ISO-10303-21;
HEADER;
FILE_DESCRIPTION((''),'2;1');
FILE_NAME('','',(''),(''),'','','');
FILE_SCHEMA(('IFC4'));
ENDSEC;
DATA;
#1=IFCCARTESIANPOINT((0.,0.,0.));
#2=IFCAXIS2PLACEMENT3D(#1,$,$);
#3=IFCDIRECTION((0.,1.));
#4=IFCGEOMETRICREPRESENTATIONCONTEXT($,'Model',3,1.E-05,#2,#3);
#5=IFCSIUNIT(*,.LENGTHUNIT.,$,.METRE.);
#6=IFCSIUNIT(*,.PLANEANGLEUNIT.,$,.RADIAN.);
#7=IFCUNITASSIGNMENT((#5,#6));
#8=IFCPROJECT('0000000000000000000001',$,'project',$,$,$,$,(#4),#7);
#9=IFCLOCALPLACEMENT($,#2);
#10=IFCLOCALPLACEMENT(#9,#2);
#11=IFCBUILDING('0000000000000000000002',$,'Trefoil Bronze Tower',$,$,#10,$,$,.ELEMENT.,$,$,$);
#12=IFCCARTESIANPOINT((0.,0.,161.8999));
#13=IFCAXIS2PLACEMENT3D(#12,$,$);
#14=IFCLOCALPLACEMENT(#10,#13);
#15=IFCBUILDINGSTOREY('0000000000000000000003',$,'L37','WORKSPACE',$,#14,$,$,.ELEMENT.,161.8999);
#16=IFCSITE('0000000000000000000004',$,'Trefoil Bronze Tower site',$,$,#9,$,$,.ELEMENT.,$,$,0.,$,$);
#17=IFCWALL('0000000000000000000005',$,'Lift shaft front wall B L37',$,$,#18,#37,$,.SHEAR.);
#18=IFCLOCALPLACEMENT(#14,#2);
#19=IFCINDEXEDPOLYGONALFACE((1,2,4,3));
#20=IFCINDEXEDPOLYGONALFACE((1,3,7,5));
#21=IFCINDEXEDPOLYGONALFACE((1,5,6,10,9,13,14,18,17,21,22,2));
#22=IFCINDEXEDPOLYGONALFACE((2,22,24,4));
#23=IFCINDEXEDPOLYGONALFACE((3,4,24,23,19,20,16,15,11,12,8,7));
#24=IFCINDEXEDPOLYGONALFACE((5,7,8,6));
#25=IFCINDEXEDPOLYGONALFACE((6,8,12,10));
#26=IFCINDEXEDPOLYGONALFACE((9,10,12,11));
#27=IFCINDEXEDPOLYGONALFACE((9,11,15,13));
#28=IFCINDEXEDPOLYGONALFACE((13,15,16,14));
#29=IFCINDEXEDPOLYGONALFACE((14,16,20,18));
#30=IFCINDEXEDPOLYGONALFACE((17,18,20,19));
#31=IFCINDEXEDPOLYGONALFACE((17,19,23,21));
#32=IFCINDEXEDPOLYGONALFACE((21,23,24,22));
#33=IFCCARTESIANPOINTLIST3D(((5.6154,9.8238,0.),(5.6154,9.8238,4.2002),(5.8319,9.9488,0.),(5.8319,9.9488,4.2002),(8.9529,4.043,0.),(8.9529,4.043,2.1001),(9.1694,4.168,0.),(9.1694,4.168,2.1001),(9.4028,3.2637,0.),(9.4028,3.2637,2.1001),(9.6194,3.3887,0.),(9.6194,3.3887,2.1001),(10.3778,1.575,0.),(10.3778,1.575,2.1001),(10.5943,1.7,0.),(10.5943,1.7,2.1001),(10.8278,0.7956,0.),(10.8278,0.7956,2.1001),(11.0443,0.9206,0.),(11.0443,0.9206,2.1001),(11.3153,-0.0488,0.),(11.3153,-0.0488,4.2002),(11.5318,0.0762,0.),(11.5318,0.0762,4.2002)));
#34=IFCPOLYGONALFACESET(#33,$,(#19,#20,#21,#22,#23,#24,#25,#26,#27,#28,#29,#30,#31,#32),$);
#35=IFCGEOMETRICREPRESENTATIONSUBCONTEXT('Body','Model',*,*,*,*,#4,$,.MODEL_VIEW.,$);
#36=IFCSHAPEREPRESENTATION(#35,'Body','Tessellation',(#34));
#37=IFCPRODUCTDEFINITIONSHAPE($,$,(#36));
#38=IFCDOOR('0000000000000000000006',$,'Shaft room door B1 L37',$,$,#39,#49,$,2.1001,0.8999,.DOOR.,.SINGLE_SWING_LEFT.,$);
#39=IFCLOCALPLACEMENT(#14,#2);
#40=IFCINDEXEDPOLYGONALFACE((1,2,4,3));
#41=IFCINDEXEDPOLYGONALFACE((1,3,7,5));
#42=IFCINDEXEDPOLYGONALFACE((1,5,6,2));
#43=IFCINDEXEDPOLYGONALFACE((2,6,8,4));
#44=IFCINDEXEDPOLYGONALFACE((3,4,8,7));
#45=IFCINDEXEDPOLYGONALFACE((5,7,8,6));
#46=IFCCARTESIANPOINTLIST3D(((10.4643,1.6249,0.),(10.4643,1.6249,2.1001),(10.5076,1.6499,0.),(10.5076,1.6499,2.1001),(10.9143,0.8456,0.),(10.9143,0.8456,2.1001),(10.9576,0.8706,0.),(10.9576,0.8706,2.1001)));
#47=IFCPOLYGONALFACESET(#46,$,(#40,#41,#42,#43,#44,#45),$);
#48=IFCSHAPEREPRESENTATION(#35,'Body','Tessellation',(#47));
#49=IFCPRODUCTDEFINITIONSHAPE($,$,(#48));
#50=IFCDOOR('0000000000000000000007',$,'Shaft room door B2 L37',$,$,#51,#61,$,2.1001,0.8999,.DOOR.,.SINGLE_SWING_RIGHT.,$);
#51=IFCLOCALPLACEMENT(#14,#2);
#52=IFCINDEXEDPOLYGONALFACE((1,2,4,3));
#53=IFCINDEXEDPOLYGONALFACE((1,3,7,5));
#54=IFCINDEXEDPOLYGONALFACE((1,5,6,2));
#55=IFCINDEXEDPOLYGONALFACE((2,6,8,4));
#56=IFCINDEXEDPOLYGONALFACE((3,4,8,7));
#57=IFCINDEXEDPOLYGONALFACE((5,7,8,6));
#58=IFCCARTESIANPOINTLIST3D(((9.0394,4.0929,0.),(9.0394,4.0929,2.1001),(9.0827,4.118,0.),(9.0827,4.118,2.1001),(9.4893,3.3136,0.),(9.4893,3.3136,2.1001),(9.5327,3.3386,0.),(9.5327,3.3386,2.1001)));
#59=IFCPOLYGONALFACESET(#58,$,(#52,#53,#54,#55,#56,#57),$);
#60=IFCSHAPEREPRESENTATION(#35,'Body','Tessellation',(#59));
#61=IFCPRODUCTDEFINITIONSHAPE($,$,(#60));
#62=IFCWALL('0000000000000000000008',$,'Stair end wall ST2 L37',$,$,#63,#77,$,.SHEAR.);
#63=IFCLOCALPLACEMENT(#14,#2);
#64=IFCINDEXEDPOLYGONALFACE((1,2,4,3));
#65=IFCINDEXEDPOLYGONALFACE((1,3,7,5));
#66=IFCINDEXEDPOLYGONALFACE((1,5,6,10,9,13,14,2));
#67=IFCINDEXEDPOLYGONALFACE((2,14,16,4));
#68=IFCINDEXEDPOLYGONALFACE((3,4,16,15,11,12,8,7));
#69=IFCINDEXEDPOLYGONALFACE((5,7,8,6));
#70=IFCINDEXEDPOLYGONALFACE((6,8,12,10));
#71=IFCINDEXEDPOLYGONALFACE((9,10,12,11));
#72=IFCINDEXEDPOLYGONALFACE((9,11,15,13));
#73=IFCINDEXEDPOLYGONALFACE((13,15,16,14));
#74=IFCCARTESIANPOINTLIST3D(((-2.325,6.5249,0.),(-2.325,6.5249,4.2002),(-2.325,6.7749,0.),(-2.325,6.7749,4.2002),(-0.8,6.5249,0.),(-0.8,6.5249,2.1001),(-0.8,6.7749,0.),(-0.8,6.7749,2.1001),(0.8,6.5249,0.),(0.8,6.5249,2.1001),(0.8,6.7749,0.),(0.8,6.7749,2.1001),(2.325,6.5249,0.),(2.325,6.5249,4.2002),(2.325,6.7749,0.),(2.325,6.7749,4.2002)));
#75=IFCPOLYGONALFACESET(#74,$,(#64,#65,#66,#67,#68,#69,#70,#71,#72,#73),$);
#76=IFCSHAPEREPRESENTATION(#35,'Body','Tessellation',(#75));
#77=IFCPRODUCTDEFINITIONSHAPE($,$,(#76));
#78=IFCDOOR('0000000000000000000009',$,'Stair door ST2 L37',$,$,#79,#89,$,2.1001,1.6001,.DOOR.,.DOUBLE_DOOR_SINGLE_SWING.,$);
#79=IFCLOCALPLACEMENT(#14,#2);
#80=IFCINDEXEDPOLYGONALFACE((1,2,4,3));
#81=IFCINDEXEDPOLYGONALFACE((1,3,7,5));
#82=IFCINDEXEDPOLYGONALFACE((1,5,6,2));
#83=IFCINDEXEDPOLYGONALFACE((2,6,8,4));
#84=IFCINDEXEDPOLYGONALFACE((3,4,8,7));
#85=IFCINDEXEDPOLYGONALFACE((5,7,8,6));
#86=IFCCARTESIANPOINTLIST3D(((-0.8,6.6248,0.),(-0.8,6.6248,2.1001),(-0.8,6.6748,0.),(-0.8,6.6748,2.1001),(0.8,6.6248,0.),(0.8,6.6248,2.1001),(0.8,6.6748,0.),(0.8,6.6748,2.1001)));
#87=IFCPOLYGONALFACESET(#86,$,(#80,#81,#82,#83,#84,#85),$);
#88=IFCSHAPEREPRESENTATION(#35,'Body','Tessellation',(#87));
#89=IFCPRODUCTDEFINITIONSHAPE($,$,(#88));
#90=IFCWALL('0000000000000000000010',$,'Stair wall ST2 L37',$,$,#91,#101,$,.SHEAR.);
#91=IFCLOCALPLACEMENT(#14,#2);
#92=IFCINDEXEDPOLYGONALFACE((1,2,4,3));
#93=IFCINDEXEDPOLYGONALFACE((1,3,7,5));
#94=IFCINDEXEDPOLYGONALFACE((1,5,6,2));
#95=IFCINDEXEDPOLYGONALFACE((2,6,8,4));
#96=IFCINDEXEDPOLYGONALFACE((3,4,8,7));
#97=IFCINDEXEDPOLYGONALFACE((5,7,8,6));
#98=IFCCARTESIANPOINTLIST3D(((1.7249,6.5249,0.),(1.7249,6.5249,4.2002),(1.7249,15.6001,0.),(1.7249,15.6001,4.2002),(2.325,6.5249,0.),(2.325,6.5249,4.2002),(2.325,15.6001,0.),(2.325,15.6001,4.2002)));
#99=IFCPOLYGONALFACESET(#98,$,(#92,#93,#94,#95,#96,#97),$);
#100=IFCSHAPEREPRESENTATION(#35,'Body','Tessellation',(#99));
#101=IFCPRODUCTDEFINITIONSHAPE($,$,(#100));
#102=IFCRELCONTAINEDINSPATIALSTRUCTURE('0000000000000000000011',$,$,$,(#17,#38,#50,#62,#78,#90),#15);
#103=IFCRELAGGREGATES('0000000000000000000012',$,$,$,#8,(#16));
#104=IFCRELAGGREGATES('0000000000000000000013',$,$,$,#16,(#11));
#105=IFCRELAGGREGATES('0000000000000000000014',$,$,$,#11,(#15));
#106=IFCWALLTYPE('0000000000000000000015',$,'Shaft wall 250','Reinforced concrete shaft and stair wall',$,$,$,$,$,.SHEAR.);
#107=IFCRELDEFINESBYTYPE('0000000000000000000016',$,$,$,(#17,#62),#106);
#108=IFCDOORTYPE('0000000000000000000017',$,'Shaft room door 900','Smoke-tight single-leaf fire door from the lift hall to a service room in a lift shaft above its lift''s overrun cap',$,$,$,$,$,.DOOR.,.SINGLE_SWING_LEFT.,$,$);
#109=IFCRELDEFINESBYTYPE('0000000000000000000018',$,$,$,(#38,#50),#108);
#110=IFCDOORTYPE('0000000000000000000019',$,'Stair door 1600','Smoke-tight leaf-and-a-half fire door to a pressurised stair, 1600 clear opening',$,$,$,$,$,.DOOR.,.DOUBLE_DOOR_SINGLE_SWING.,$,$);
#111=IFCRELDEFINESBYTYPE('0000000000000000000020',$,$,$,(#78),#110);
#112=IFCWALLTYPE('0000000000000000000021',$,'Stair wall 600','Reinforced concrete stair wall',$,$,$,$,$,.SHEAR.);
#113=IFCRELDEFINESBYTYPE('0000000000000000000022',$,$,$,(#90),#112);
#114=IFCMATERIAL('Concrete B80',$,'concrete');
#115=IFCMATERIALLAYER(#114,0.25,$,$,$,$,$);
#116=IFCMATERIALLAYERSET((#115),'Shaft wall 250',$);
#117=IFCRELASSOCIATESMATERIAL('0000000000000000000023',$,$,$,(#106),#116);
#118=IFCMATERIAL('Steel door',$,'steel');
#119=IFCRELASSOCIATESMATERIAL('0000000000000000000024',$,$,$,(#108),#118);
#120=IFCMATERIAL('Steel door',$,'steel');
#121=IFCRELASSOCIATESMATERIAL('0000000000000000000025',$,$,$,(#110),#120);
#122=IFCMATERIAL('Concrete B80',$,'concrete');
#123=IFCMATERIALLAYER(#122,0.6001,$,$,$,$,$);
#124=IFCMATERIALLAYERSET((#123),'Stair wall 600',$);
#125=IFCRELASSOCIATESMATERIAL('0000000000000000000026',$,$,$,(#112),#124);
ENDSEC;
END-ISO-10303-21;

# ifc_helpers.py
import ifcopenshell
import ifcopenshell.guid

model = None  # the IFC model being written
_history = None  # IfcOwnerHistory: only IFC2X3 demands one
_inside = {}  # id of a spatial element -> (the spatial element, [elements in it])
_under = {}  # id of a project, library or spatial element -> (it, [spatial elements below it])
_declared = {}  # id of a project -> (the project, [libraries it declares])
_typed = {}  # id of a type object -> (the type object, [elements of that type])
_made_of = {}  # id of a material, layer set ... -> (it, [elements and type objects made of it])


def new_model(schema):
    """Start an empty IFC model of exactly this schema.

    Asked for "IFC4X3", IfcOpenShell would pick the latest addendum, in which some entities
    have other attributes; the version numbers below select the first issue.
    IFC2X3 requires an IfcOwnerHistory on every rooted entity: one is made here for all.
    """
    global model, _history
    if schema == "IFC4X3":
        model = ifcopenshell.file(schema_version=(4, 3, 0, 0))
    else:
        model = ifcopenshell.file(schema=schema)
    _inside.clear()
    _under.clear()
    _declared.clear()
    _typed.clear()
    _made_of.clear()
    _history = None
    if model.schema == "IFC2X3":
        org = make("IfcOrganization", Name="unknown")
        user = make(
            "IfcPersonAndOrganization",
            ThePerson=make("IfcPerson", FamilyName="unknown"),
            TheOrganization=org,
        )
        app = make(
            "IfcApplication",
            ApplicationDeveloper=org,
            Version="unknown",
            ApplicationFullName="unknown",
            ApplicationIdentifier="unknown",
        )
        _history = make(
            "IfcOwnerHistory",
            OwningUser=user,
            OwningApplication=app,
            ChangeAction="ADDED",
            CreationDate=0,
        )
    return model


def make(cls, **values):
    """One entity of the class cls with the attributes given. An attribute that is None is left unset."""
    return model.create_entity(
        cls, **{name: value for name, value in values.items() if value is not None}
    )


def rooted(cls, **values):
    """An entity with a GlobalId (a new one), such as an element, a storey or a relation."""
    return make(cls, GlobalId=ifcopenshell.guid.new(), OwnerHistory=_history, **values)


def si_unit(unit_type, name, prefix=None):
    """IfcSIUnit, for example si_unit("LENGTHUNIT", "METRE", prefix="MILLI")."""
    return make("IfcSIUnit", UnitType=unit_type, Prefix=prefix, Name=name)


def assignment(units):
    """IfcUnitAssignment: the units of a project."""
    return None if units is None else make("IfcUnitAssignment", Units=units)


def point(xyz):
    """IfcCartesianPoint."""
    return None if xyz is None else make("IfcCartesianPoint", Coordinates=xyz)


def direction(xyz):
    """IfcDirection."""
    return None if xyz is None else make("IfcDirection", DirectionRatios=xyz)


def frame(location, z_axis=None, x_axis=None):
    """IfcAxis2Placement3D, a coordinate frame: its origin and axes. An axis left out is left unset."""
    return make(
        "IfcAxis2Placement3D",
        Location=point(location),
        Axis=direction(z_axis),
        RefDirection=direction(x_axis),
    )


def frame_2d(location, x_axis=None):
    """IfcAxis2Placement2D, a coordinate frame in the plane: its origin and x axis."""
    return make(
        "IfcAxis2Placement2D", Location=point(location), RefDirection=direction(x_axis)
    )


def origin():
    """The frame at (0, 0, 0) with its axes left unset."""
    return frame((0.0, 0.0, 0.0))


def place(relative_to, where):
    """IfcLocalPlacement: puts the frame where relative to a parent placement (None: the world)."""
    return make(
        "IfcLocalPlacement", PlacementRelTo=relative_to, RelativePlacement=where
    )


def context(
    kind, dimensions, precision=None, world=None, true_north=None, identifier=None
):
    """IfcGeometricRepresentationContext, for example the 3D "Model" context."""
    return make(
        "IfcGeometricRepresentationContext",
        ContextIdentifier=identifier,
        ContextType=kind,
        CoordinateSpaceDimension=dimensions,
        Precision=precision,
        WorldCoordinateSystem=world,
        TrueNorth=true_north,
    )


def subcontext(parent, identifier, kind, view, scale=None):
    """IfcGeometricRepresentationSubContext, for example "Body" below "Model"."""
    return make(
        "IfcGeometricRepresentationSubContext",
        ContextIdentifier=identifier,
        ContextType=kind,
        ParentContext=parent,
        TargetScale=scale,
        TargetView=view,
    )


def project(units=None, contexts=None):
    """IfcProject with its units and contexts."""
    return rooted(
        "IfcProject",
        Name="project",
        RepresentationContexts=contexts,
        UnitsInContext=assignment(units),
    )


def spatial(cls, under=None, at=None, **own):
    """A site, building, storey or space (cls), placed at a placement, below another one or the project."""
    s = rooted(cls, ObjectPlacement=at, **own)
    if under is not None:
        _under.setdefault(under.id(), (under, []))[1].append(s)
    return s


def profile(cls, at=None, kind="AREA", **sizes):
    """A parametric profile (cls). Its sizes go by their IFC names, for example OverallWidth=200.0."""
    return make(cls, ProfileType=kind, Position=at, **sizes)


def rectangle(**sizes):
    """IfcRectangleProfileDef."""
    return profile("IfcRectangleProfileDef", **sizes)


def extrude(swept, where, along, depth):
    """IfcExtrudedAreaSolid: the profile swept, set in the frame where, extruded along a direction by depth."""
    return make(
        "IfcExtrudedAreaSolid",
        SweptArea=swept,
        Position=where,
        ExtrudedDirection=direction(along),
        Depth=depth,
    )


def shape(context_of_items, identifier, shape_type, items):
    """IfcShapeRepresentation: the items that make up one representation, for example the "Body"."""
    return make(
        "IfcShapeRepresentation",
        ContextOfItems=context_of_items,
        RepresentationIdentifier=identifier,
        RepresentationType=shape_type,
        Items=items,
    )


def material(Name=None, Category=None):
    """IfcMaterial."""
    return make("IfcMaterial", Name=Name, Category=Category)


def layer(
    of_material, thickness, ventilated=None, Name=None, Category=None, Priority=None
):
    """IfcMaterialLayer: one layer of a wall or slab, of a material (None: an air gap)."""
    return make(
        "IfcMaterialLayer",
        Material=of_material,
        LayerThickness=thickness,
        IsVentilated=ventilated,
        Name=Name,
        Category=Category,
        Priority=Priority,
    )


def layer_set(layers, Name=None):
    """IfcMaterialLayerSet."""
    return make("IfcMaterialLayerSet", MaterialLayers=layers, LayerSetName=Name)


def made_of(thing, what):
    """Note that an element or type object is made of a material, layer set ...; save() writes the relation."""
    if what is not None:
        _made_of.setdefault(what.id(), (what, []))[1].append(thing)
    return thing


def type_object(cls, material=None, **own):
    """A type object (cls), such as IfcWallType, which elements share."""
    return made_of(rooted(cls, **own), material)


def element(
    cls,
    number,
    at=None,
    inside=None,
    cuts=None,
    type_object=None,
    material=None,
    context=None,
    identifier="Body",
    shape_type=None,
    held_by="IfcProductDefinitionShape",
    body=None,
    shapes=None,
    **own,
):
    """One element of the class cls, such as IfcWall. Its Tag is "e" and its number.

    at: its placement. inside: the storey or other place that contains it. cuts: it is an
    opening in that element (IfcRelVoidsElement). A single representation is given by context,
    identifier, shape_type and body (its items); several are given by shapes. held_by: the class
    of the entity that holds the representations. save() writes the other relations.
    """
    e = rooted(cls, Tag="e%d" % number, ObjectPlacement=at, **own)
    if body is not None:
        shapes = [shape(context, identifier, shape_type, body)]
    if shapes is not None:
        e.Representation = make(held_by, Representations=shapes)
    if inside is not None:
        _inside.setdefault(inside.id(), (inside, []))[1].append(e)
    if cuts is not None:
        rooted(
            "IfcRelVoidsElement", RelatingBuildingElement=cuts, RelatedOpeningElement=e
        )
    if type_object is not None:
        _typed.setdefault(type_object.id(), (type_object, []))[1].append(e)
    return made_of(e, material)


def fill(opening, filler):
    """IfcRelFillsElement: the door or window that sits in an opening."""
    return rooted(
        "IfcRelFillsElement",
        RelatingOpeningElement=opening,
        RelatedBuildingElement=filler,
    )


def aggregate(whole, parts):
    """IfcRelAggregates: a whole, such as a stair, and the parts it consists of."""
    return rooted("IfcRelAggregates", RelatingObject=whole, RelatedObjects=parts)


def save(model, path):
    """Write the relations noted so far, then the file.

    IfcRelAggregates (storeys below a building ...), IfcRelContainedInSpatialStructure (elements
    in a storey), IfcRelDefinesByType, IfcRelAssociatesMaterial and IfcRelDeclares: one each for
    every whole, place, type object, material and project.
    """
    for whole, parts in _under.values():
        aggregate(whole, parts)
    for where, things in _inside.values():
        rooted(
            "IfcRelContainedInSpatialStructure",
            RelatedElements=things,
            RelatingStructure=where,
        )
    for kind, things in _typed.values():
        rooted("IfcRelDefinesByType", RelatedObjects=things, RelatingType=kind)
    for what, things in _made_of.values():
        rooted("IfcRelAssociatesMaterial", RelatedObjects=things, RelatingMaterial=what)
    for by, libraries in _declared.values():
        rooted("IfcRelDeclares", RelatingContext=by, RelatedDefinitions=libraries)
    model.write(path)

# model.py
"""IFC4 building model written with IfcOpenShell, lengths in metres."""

from ifc_helpers import new_model, si_unit, direction, frame, frame_2d, origin, place, context, subcontext, project, spatial, rectangle, extrude, material, layer, layer_set, type_object, element, fill, save


model = new_model("IFC4")

# Units and contexts
model_context = context("Model", 3, precision=1e-05, world=origin(), true_north=direction((0.0, 1.0)))
body_context = subcontext(model_context, "Body", "Model", "MODEL_VIEW")
ifc_project = project(units=[si_unit("LENGTHUNIT", "METRE"), si_unit("PLANEANGLEUNIT", "RADIAN")], contexts=[model_context])

# Site, building, storey
site_placement = place(None, origin())
site = spatial("IfcSite", under=ifc_project, at=site_placement, Name="Trefoil Bronze Tower site", CompositionType="ELEMENT", RefElevation=0.0)
building_placement = place(site_placement, origin())
building = spatial("IfcBuilding", under=site, at=building_placement, Name="Trefoil Bronze Tower", CompositionType="ELEMENT")
storey_placement = place(building_placement, frame((0.0, 0.0, 161.8999)))
storey = spatial("IfcBuildingStorey", under=building, at=storey_placement, Name="L37", Description="WORKSPACE", CompositionType="ELEMENT", Elevation=161.8999)

# Wall, openings, doors
ifc_material_1 = material(Name="Concrete B80", Category="concrete")
ifc_layer_1 = layer(ifc_material_1, 0.25)
ifc_layer_set_1 = layer_set([ifc_layer_1], Name="Shaft wall 250")
wall_type_1 = type_object("IfcWallType", Name="Shaft wall 250", Description="Reinforced concrete shaft and stair wall", PredefinedType="SHEAR", material=ifc_layer_set_1)
wall_1_placement = place(storey_placement, frame((11.4236, 0.0137, 0.0), z_axis=(0.0, 0.0, 1.0), x_axis=(-0.500002, 0.866024, 0.0)))
wall_1 = element("IfcWall", 1, at=wall_1_placement, inside=storey, type_object=wall_type_1, Name="Lift shaft front wall B L37", PredefinedType="SHEAR", context=body_context, shape_type="SweptSolid", body=[
    extrude(rectangle(XDim=11.3999, YDim=0.25, at=frame_2d((5.7, 0.0))), origin(), (0.0, 0.0, 1.0), 4.2002),
])
opening_1_placement = place(wall_1_placement, frame((0.9751, 0.0, 0.0)))
opening_1 = element("IfcOpeningElement", 2, at=opening_1_placement, cuts=wall_1, PredefinedType="OPENING", context=body_context, shape_type="SweptSolid", body=[
    extrude(rectangle(XDim=0.8999, YDim=2.1001, at=frame_2d((0.45, 1.05))), frame((0.0, 0.135, 0.0), z_axis=(0.0, -1.0, 0.0), x_axis=(1.0, 0.0, 0.0)), (0.0, 0.0, 1.0), 0.27),
])
opening_2_placement = place(wall_1_placement, frame((3.825, 0.0, 0.0)))
opening_2 = element("IfcOpeningElement", 3, at=opening_2_placement, cuts=wall_1, PredefinedType="OPENING", context=body_context, shape_type="SweptSolid", body=[
    extrude(rectangle(XDim=0.8999, YDim=2.1001, at=frame_2d((0.45, 1.05))), frame((0.0, 0.135, 0.0), z_axis=(0.0, -1.0, 0.0), x_axis=(1.0, 0.0, 0.0)), (0.0, 0.0, 1.0), 0.27),
])
ifc_material_2 = material(Name="Steel door", Category="steel")
door_type_1 = type_object("IfcDoorType", Name="Shaft room door 900", Description="Smoke-tight single-leaf fire door from the lift hall to a service room in a lift shaft above its lift's overrun cap", OperationType="SINGLE_SWING_LEFT", PredefinedType="DOOR", material=ifc_material_2)
door_1_placement = place(opening_1_placement, frame((0.8999, 0.0, 0.0), z_axis=(0.0, 0.0, 1.0), x_axis=(-1.0, 0.0, 0.0)))
door_1 = element("IfcDoor", 4, at=door_1_placement, inside=storey, type_object=door_type_1, Name="Shaft room door B1 L37", OperationType="SINGLE_SWING_LEFT", OverallHeight=2.1001, OverallWidth=0.8999, PredefinedType="DOOR", context=body_context, shape_type="SweptSolid", body=[
    extrude(rectangle(XDim=0.8999, YDim=2.1001, at=frame_2d((0.45, 1.05))), frame((0.0, 0.0249, 0.0), z_axis=(0.0, -1.0, 0.0), x_axis=(1.0, 0.0, 0.0)), (0.0, 0.0, 1.0), 0.05),
])
fill(opening_1, door_1)
door_2_placement = place(opening_2_placement, frame((0.8999, 0.0, 0.0), z_axis=(0.0, 0.0, 1.0), x_axis=(-1.0, 0.0, 0.0)))
door_2 = element("IfcDoor", 5, at=door_2_placement, inside=storey, type_object=door_type_1, Name="Shaft room door B2 L37", OperationType="SINGLE_SWING_RIGHT", OverallHeight=2.1001, OverallWidth=0.8999, PredefinedType="DOOR", context=body_context, shape_type="SweptSolid", body=[
    extrude(rectangle(XDim=0.8999, YDim=2.1001, at=frame_2d((0.45, 1.05))), frame((0.0, 0.0249, 0.0), z_axis=(0.0, -1.0, 0.0), x_axis=(1.0, 0.0, 0.0)), (0.0, 0.0, 1.0), 0.05),
])
fill(opening_2, door_2)

# Wall, opening, door
wall_2_placement = place(storey_placement, frame((2.325, 6.6499, 0.0), z_axis=(0.0, 0.0, 1.0), x_axis=(-1.0, 0.0, 0.0)))
wall_2 = element("IfcWall", 6, at=wall_2_placement, inside=storey, type_object=wall_type_1, Name="Stair end wall ST2 L37", PredefinedType="SHEAR", context=body_context, shape_type="SweptSolid", body=[
    extrude(rectangle(XDim=4.6499, YDim=0.25, at=frame_2d((2.325, 0.0))), origin(), (0.0, 0.0, 1.0), 4.2002),
])
opening_3_placement = place(wall_2_placement, frame((1.5249, 0.0, 0.0)))
opening_3 = element("IfcOpeningElement", 7, at=opening_3_placement, cuts=wall_2, PredefinedType="OPENING", context=body_context, shape_type="SweptSolid", body=[
    extrude(rectangle(XDim=1.6001, YDim=2.1001, at=frame_2d((0.8, 1.05))), frame((0.0, 0.135, 0.0), z_axis=(0.0, -1.0, 0.0), x_axis=(1.0, 0.0, 0.0)), (0.0, 0.0, 1.0), 0.27),
])
ifc_material_3 = material(Name="Steel door", Category="steel")
door_type_2 = type_object("IfcDoorType", Name="Stair door 1600", Description="Smoke-tight leaf-and-a-half fire door to a pressurised stair, 1600 clear opening", OperationType="DOUBLE_DOOR_SINGLE_SWING", PredefinedType="DOOR", material=ifc_material_3)
door_3_placement = place(opening_3_placement, frame((1.6001, 0.0, 0.0), z_axis=(0.0, 0.0, 1.0), x_axis=(-1.0, 0.0, 0.0)))
door_3 = element("IfcDoor", 8, at=door_3_placement, inside=storey, type_object=door_type_2, Name="Stair door ST2 L37", OperationType="DOUBLE_DOOR_SINGLE_SWING", OverallHeight=2.1001, OverallWidth=1.6001, PredefinedType="DOOR", context=body_context, shape_type="SweptSolid", body=[
    extrude(rectangle(XDim=1.6001, YDim=2.1001, at=frame_2d((0.8, 1.05))), frame((0.0, 0.0249, 0.0), z_axis=(0.0, -1.0, 0.0), x_axis=(1.0, 0.0, 0.0)), (0.0, 0.0, 1.0), 0.05),
])
fill(opening_3, door_3)

# Wall
ifc_material_4 = material(Name="Concrete B80", Category="concrete")
ifc_layer_2 = layer(ifc_material_4, 0.6001)
ifc_layer_set_2 = layer_set([ifc_layer_2], Name="Stair wall 600")
wall_type_2 = type_object("IfcWallType", Name="Stair wall 600", Description="Reinforced concrete stair wall", PredefinedType="SHEAR", material=ifc_layer_set_2)
wall_3_placement = place(storey_placement, frame((2.0249, 6.5249, 0.0), z_axis=(0.0, 0.0, 1.0), x_axis=(0.0, 1.0, 0.0)))
element("IfcWall", 9, at=wall_3_placement, inside=storey, type_object=wall_type_2, Name="Stair wall ST2 L37", PredefinedType="SHEAR", context=body_context, shape_type="SweptSolid", body=[
    extrude(rectangle(XDim=9.0752, YDim=0.6001, at=frame_2d((4.5376, 0.0))), origin(), (0.0, 0.0, 1.0), 4.2002),
])

save(model, "model.ifc")
